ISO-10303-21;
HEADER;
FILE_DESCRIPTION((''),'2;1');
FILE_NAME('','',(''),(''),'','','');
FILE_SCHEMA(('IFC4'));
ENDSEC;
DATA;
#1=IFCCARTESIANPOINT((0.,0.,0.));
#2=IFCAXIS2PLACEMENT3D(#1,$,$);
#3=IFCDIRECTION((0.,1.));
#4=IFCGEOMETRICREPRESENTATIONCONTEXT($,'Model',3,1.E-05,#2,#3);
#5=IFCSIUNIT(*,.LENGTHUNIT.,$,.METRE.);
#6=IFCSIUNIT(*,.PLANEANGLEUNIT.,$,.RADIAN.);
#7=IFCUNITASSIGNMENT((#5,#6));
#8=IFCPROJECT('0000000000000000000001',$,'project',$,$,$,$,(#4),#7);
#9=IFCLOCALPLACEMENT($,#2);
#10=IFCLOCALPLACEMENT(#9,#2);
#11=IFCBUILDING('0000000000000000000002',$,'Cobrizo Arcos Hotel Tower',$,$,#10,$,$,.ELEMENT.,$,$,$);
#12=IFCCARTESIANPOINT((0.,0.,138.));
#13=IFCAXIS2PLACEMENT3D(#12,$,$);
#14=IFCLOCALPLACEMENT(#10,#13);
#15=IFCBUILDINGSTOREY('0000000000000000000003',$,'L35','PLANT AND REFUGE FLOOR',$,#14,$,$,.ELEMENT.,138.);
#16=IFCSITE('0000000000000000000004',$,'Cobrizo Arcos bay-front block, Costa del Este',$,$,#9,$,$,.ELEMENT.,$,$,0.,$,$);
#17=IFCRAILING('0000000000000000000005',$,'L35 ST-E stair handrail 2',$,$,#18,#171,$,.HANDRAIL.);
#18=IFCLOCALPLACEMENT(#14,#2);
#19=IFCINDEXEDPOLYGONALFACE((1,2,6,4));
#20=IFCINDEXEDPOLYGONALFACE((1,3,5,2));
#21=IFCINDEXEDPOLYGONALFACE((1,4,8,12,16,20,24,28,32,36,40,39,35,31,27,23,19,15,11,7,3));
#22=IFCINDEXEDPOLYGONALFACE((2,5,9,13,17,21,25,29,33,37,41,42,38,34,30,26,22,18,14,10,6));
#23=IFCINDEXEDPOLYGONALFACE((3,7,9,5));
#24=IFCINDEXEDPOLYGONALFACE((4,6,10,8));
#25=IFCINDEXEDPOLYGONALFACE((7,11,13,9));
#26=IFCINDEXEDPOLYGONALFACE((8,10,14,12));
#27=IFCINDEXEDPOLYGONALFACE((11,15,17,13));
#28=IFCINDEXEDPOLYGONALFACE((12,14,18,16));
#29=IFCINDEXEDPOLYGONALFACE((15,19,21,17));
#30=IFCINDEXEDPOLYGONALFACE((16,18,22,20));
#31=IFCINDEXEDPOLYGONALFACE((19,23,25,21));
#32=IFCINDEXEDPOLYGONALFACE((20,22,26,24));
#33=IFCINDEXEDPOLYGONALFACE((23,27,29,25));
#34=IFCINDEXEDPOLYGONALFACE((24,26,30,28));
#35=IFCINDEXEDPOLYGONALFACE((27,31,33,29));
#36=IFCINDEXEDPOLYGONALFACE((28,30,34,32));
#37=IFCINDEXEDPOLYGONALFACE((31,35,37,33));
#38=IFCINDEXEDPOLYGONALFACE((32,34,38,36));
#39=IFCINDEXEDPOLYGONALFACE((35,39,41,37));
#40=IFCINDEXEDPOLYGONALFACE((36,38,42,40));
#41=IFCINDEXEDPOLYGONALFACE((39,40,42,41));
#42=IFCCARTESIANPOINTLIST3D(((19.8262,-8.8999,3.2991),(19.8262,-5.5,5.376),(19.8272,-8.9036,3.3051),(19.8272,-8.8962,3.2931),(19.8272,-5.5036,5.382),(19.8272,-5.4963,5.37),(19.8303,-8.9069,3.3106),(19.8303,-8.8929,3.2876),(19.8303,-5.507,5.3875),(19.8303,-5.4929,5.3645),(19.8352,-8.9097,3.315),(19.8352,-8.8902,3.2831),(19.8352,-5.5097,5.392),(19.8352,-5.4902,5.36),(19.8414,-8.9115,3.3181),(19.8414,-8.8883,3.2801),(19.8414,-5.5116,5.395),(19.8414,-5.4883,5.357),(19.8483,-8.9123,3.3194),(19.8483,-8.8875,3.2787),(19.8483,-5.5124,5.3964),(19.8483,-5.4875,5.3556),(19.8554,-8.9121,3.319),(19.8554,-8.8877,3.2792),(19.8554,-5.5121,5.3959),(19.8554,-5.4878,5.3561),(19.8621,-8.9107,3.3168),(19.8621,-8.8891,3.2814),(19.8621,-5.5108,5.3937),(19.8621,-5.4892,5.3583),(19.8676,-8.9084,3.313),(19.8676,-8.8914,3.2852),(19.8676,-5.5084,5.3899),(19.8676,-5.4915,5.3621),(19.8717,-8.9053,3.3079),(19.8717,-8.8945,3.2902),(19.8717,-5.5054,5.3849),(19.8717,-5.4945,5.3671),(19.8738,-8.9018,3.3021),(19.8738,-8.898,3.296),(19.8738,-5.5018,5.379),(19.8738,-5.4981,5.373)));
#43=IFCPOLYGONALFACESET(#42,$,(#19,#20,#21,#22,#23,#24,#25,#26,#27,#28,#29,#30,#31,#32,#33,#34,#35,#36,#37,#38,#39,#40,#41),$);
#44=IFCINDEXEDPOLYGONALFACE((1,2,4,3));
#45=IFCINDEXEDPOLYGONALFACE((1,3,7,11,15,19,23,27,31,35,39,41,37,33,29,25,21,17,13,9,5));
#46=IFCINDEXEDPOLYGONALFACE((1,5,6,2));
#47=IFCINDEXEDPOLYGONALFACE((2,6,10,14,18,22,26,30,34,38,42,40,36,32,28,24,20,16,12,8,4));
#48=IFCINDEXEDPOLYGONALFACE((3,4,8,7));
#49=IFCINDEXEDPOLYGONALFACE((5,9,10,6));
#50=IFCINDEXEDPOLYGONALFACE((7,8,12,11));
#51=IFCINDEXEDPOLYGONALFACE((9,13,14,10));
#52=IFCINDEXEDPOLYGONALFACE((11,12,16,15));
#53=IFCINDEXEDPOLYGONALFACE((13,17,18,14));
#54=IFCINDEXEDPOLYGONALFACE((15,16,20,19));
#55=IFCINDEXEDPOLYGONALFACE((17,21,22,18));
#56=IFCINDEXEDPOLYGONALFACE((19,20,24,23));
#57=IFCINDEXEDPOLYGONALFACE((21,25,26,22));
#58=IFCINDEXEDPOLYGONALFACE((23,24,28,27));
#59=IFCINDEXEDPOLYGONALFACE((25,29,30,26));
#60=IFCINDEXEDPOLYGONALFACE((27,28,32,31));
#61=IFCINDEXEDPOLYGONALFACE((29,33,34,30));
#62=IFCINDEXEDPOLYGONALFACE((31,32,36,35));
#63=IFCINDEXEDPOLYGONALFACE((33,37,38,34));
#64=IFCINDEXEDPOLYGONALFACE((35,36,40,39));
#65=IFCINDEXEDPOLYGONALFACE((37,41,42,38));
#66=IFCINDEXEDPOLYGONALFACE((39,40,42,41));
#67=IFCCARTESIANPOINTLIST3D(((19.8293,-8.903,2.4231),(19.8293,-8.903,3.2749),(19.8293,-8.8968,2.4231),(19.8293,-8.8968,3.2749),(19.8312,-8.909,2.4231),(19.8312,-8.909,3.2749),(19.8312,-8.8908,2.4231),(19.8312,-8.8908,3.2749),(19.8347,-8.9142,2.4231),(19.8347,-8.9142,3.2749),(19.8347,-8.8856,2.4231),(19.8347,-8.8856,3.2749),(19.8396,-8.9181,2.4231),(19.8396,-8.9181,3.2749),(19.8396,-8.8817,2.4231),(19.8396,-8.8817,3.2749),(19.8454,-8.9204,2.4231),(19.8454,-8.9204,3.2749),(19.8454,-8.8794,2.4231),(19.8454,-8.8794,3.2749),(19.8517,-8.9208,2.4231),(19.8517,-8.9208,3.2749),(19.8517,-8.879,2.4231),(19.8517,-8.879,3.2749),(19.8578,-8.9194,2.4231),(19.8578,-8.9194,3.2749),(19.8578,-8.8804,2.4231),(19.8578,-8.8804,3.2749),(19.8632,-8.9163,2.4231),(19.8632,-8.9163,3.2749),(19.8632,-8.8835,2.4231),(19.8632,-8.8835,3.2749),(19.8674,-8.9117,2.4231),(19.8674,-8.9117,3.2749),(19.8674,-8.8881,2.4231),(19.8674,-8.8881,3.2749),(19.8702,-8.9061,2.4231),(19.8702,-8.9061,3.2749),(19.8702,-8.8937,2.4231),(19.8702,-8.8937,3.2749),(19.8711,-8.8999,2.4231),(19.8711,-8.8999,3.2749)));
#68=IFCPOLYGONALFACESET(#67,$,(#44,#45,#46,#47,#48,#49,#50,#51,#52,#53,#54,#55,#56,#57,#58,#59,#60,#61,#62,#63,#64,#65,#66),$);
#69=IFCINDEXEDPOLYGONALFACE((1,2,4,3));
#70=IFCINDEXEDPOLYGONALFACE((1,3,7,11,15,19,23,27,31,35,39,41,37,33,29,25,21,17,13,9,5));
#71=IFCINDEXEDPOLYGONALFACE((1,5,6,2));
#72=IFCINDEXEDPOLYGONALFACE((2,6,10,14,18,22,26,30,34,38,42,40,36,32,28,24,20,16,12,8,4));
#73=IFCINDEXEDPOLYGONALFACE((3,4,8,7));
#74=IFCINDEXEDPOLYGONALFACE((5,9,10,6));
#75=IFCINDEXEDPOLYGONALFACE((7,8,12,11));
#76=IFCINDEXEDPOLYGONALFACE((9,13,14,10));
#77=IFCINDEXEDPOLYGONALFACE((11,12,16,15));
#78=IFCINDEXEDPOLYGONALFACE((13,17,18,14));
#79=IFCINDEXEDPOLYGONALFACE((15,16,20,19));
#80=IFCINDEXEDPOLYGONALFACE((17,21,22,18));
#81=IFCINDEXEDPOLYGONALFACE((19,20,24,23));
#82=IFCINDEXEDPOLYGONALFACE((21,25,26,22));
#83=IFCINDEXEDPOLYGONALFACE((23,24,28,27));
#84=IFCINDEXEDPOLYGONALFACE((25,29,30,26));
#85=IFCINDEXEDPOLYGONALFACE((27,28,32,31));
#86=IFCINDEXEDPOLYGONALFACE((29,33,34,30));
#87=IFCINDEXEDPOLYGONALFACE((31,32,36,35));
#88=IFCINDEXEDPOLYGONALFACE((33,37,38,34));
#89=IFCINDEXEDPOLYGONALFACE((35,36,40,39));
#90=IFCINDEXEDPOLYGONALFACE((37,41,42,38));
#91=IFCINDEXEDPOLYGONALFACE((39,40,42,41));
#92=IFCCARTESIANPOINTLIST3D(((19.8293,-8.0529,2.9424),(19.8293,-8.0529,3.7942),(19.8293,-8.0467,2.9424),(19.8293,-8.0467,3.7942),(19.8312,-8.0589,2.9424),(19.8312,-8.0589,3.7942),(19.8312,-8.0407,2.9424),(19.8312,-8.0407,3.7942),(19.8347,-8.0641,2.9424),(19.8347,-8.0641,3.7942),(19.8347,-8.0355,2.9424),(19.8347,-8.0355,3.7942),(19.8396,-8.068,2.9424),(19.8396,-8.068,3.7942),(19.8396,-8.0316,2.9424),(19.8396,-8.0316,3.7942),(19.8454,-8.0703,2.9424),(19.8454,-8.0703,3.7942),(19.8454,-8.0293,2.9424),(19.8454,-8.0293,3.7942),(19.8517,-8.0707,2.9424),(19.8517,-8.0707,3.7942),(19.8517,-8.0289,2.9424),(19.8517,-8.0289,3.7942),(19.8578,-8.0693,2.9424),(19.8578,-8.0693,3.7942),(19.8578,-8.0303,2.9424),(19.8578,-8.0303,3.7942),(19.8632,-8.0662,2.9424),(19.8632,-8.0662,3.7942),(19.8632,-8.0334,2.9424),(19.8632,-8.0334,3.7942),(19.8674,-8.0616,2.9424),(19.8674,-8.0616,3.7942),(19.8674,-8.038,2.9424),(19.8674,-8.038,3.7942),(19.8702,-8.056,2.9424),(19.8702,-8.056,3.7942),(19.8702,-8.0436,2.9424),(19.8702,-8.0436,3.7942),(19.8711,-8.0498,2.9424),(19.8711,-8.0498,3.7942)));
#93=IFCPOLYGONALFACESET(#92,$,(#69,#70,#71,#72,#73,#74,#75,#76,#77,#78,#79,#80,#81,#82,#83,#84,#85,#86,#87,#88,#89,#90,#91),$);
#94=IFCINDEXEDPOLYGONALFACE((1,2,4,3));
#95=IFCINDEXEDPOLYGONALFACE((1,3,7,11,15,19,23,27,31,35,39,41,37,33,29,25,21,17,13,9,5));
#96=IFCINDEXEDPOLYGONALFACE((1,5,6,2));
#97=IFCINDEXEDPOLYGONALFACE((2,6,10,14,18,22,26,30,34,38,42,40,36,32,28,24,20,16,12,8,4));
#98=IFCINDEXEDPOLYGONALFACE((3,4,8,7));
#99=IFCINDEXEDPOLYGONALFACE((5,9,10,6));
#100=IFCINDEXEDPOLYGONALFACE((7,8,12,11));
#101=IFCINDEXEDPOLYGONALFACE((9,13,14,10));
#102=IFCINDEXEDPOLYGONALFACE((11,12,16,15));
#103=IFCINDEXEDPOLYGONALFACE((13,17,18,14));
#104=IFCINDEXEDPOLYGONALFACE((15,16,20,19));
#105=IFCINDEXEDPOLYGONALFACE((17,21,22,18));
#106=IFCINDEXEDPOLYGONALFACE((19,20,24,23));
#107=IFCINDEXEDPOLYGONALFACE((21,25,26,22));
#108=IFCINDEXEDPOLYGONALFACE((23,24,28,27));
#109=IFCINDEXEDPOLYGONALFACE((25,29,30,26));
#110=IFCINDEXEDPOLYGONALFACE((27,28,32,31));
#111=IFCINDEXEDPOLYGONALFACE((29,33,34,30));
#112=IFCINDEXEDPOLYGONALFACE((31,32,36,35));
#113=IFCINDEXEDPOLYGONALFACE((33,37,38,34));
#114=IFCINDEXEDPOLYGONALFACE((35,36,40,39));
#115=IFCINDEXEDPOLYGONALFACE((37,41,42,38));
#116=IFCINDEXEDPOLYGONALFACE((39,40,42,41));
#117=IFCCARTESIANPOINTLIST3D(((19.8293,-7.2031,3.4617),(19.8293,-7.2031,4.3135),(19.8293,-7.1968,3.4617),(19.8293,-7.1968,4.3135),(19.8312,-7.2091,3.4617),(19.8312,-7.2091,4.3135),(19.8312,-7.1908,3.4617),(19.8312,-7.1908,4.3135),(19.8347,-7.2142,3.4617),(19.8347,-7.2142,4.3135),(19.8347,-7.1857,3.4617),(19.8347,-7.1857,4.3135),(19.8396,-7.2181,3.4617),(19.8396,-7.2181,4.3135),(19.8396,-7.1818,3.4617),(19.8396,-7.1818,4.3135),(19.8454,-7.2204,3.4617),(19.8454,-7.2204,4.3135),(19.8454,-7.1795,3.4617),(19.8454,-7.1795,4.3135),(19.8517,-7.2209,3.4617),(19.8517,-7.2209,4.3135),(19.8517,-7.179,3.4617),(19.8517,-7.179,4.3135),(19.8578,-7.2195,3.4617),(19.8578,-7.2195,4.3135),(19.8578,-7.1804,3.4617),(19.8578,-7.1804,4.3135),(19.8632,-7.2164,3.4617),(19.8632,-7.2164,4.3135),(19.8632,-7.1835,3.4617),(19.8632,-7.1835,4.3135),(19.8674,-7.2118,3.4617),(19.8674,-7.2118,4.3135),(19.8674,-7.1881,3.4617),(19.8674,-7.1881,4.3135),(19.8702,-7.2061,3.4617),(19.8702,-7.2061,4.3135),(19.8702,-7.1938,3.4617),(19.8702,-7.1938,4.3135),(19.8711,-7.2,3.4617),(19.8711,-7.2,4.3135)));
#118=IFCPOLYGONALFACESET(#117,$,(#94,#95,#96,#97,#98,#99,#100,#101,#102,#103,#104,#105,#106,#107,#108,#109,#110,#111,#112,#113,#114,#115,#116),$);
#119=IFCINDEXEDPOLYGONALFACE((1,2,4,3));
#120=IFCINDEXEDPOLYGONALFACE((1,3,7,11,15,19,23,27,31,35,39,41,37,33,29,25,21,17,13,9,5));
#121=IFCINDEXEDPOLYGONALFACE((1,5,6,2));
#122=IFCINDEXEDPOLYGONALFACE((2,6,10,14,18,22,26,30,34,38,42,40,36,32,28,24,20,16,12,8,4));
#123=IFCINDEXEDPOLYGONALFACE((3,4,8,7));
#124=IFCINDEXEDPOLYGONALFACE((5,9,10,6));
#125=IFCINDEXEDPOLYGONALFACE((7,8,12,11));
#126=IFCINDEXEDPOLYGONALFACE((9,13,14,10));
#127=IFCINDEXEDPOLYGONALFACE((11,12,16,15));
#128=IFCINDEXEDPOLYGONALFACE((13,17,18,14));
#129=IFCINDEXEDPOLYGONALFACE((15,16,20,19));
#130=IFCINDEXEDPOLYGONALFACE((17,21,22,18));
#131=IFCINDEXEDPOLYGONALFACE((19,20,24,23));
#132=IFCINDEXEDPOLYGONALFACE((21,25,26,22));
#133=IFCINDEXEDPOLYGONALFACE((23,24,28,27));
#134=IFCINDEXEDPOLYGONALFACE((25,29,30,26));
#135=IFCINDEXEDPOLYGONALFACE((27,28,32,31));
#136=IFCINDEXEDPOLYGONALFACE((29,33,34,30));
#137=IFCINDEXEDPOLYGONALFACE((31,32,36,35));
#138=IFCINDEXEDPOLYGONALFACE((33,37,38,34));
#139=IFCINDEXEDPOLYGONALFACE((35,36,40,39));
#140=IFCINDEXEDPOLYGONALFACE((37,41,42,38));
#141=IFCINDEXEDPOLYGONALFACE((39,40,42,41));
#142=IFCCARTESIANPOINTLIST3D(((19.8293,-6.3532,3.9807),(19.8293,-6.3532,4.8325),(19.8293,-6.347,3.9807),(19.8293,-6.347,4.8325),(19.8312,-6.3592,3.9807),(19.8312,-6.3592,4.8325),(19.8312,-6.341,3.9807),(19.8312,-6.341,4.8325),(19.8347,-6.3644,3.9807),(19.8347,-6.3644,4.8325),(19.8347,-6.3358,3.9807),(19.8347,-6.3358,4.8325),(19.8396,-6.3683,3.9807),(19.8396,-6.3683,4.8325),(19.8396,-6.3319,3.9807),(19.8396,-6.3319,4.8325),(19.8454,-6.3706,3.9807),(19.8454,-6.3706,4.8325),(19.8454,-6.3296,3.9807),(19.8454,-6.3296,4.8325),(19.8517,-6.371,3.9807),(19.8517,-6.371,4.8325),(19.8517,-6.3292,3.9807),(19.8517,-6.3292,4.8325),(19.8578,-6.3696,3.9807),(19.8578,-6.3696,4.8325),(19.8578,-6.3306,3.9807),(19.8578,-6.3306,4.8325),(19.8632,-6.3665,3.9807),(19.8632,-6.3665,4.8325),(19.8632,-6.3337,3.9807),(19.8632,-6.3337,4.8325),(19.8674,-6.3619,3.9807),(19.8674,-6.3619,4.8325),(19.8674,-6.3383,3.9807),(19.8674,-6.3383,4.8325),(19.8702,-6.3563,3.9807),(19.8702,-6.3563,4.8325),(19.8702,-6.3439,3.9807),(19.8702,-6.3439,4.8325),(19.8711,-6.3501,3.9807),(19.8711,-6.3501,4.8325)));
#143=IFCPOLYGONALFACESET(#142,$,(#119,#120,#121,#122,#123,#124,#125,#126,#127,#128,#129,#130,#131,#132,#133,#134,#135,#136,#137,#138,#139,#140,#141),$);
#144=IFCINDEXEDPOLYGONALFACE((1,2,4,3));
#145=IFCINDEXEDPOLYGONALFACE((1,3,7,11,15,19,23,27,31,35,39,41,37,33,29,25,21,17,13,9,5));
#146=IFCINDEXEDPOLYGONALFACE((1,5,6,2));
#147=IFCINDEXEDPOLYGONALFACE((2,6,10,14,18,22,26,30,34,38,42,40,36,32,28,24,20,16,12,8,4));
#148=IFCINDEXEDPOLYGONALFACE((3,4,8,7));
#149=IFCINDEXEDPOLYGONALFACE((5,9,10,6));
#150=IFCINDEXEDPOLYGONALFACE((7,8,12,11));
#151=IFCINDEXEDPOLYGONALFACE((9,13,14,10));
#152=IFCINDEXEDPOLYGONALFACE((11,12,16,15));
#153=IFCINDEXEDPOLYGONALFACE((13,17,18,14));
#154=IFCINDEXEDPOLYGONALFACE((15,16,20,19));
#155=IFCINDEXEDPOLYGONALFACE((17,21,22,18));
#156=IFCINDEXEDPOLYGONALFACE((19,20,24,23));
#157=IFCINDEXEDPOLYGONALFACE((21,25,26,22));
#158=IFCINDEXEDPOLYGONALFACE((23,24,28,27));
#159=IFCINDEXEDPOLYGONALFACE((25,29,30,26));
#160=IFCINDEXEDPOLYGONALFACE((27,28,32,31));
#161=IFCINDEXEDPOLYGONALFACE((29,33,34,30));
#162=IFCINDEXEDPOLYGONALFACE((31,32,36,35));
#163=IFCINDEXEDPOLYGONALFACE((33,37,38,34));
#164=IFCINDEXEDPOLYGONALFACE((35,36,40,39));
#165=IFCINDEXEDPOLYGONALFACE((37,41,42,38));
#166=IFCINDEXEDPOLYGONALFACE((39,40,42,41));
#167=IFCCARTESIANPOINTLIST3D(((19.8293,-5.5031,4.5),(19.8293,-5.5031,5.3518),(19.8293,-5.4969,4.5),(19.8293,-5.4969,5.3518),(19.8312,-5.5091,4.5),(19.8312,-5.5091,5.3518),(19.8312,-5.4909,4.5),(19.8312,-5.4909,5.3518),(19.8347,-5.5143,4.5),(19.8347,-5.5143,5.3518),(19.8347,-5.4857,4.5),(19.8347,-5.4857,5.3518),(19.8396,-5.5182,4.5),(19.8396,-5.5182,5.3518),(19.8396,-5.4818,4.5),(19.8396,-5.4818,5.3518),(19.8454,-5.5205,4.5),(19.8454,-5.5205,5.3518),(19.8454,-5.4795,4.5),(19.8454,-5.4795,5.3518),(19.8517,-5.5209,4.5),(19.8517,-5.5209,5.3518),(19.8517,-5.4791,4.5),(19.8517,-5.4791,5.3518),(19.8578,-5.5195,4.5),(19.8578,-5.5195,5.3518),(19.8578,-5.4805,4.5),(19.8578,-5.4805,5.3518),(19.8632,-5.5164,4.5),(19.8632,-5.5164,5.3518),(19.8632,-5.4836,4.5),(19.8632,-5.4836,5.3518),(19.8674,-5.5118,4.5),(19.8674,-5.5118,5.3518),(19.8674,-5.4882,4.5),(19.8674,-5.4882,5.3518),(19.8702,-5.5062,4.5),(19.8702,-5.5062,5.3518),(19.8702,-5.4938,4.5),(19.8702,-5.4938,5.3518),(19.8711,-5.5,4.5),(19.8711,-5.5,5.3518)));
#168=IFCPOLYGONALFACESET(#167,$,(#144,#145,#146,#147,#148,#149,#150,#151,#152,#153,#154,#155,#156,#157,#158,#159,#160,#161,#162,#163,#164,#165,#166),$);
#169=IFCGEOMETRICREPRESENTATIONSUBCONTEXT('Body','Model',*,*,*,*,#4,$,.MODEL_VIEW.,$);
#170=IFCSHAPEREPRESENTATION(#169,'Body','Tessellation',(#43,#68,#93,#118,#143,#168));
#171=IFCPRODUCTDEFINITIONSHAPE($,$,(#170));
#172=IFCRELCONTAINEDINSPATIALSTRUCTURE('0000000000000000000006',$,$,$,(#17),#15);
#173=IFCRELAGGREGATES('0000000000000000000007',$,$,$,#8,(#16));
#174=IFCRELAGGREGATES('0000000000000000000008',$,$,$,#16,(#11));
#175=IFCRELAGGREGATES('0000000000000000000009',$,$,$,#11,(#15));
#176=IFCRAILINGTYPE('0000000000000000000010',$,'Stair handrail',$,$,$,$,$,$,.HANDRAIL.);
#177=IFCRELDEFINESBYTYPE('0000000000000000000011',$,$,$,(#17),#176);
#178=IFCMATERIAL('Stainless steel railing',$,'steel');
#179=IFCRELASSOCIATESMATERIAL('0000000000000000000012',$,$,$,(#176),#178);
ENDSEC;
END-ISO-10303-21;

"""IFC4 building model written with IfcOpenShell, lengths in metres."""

from ifc_helpers import new_model, si_unit, direction, frame, origin, origin_2d, place, context, subcontext, project, spatial, circle, extrude, material, type_object, element, save


model = new_model("IFC4")

# Units and contexts
model_context = context("Model", 3, precision=1e-05, world=origin(), true_north=direction((0.0, 1.0)))
body_context = subcontext(model_context, "Body", "Model", "MODEL_VIEW")
ifc_project = project(units=[si_unit("LENGTHUNIT", "METRE"), si_unit("PLANEANGLEUNIT", "RADIAN")], contexts=[model_context])

# Site, building, storey
site_placement = place(None, origin())
site = spatial("IfcSite", under=ifc_project, at=site_placement, Name="Cobrizo Arcos bay-front block, Costa del Este", CompositionType="ELEMENT", RefElevation=0.0)
building_placement = place(site_placement, origin())
building = spatial("IfcBuilding", under=site, at=building_placement, Name="Cobrizo Arcos Hotel Tower", CompositionType="ELEMENT")
storey_placement = place(building_placement, frame((0.0, 0.0, 138.0)))
storey = spatial("IfcBuildingStorey", under=building, at=storey_placement, Name="L35", Description="PLANT AND REFUGE FLOOR", CompositionType="ELEMENT", Elevation=138.0)

# Railing
ifc_material_1 = material(Name="Stainless steel railing", Category="steel")
railing_type_1 = type_object("IfcRailingType", Name="Stair handrail", PredefinedType="HANDRAIL", material=ifc_material_1)
railing_1_placement = place(storey_placement, frame((19.8501, -8.8999, 2.4231)))
element("IfcRailing", 1, at=railing_1_placement, inside=storey, type_object=railing_type_1, Name="L35 ST-E stair handrail 2", PredefinedType="HANDRAIL", context=body_context, shape_type="SweptSolid", body=[
    extrude(circle(Radius=0.0239, at=origin_2d()), frame((0.0, 0.0, 0.876), z_axis=(0.0, 0.853373, 0.521301), x_axis=(-1.0, 0.0, 0.0)), (0.0, 0.0, 1.0), 3.9841),
    extrude(circle(Radius=0.021, at=origin_2d()), origin(), (0.0, 0.0, 1.0), 0.8518),
    extrude(circle(Radius=0.021, at=origin_2d()), frame((0.0, 0.8501, 0.5193)), (0.0, 0.0, 1.0), 0.8518),
    extrude(circle(Radius=0.021, at=origin_2d()), frame((0.0, 1.7, 1.0386)), (0.0, 0.0, 1.0), 0.8518),
    extrude(circle(Radius=0.021, at=origin_2d()), frame((0.0, 2.5498, 1.5576)), (0.0, 0.0, 1.0), 0.8518),
    extrude(circle(Radius=0.021, at=origin_2d()), frame((0.0, 3.3999, 2.0769)), (0.0, 0.0, 1.0), 0.8518),
])

save(model, "model.ifc")
